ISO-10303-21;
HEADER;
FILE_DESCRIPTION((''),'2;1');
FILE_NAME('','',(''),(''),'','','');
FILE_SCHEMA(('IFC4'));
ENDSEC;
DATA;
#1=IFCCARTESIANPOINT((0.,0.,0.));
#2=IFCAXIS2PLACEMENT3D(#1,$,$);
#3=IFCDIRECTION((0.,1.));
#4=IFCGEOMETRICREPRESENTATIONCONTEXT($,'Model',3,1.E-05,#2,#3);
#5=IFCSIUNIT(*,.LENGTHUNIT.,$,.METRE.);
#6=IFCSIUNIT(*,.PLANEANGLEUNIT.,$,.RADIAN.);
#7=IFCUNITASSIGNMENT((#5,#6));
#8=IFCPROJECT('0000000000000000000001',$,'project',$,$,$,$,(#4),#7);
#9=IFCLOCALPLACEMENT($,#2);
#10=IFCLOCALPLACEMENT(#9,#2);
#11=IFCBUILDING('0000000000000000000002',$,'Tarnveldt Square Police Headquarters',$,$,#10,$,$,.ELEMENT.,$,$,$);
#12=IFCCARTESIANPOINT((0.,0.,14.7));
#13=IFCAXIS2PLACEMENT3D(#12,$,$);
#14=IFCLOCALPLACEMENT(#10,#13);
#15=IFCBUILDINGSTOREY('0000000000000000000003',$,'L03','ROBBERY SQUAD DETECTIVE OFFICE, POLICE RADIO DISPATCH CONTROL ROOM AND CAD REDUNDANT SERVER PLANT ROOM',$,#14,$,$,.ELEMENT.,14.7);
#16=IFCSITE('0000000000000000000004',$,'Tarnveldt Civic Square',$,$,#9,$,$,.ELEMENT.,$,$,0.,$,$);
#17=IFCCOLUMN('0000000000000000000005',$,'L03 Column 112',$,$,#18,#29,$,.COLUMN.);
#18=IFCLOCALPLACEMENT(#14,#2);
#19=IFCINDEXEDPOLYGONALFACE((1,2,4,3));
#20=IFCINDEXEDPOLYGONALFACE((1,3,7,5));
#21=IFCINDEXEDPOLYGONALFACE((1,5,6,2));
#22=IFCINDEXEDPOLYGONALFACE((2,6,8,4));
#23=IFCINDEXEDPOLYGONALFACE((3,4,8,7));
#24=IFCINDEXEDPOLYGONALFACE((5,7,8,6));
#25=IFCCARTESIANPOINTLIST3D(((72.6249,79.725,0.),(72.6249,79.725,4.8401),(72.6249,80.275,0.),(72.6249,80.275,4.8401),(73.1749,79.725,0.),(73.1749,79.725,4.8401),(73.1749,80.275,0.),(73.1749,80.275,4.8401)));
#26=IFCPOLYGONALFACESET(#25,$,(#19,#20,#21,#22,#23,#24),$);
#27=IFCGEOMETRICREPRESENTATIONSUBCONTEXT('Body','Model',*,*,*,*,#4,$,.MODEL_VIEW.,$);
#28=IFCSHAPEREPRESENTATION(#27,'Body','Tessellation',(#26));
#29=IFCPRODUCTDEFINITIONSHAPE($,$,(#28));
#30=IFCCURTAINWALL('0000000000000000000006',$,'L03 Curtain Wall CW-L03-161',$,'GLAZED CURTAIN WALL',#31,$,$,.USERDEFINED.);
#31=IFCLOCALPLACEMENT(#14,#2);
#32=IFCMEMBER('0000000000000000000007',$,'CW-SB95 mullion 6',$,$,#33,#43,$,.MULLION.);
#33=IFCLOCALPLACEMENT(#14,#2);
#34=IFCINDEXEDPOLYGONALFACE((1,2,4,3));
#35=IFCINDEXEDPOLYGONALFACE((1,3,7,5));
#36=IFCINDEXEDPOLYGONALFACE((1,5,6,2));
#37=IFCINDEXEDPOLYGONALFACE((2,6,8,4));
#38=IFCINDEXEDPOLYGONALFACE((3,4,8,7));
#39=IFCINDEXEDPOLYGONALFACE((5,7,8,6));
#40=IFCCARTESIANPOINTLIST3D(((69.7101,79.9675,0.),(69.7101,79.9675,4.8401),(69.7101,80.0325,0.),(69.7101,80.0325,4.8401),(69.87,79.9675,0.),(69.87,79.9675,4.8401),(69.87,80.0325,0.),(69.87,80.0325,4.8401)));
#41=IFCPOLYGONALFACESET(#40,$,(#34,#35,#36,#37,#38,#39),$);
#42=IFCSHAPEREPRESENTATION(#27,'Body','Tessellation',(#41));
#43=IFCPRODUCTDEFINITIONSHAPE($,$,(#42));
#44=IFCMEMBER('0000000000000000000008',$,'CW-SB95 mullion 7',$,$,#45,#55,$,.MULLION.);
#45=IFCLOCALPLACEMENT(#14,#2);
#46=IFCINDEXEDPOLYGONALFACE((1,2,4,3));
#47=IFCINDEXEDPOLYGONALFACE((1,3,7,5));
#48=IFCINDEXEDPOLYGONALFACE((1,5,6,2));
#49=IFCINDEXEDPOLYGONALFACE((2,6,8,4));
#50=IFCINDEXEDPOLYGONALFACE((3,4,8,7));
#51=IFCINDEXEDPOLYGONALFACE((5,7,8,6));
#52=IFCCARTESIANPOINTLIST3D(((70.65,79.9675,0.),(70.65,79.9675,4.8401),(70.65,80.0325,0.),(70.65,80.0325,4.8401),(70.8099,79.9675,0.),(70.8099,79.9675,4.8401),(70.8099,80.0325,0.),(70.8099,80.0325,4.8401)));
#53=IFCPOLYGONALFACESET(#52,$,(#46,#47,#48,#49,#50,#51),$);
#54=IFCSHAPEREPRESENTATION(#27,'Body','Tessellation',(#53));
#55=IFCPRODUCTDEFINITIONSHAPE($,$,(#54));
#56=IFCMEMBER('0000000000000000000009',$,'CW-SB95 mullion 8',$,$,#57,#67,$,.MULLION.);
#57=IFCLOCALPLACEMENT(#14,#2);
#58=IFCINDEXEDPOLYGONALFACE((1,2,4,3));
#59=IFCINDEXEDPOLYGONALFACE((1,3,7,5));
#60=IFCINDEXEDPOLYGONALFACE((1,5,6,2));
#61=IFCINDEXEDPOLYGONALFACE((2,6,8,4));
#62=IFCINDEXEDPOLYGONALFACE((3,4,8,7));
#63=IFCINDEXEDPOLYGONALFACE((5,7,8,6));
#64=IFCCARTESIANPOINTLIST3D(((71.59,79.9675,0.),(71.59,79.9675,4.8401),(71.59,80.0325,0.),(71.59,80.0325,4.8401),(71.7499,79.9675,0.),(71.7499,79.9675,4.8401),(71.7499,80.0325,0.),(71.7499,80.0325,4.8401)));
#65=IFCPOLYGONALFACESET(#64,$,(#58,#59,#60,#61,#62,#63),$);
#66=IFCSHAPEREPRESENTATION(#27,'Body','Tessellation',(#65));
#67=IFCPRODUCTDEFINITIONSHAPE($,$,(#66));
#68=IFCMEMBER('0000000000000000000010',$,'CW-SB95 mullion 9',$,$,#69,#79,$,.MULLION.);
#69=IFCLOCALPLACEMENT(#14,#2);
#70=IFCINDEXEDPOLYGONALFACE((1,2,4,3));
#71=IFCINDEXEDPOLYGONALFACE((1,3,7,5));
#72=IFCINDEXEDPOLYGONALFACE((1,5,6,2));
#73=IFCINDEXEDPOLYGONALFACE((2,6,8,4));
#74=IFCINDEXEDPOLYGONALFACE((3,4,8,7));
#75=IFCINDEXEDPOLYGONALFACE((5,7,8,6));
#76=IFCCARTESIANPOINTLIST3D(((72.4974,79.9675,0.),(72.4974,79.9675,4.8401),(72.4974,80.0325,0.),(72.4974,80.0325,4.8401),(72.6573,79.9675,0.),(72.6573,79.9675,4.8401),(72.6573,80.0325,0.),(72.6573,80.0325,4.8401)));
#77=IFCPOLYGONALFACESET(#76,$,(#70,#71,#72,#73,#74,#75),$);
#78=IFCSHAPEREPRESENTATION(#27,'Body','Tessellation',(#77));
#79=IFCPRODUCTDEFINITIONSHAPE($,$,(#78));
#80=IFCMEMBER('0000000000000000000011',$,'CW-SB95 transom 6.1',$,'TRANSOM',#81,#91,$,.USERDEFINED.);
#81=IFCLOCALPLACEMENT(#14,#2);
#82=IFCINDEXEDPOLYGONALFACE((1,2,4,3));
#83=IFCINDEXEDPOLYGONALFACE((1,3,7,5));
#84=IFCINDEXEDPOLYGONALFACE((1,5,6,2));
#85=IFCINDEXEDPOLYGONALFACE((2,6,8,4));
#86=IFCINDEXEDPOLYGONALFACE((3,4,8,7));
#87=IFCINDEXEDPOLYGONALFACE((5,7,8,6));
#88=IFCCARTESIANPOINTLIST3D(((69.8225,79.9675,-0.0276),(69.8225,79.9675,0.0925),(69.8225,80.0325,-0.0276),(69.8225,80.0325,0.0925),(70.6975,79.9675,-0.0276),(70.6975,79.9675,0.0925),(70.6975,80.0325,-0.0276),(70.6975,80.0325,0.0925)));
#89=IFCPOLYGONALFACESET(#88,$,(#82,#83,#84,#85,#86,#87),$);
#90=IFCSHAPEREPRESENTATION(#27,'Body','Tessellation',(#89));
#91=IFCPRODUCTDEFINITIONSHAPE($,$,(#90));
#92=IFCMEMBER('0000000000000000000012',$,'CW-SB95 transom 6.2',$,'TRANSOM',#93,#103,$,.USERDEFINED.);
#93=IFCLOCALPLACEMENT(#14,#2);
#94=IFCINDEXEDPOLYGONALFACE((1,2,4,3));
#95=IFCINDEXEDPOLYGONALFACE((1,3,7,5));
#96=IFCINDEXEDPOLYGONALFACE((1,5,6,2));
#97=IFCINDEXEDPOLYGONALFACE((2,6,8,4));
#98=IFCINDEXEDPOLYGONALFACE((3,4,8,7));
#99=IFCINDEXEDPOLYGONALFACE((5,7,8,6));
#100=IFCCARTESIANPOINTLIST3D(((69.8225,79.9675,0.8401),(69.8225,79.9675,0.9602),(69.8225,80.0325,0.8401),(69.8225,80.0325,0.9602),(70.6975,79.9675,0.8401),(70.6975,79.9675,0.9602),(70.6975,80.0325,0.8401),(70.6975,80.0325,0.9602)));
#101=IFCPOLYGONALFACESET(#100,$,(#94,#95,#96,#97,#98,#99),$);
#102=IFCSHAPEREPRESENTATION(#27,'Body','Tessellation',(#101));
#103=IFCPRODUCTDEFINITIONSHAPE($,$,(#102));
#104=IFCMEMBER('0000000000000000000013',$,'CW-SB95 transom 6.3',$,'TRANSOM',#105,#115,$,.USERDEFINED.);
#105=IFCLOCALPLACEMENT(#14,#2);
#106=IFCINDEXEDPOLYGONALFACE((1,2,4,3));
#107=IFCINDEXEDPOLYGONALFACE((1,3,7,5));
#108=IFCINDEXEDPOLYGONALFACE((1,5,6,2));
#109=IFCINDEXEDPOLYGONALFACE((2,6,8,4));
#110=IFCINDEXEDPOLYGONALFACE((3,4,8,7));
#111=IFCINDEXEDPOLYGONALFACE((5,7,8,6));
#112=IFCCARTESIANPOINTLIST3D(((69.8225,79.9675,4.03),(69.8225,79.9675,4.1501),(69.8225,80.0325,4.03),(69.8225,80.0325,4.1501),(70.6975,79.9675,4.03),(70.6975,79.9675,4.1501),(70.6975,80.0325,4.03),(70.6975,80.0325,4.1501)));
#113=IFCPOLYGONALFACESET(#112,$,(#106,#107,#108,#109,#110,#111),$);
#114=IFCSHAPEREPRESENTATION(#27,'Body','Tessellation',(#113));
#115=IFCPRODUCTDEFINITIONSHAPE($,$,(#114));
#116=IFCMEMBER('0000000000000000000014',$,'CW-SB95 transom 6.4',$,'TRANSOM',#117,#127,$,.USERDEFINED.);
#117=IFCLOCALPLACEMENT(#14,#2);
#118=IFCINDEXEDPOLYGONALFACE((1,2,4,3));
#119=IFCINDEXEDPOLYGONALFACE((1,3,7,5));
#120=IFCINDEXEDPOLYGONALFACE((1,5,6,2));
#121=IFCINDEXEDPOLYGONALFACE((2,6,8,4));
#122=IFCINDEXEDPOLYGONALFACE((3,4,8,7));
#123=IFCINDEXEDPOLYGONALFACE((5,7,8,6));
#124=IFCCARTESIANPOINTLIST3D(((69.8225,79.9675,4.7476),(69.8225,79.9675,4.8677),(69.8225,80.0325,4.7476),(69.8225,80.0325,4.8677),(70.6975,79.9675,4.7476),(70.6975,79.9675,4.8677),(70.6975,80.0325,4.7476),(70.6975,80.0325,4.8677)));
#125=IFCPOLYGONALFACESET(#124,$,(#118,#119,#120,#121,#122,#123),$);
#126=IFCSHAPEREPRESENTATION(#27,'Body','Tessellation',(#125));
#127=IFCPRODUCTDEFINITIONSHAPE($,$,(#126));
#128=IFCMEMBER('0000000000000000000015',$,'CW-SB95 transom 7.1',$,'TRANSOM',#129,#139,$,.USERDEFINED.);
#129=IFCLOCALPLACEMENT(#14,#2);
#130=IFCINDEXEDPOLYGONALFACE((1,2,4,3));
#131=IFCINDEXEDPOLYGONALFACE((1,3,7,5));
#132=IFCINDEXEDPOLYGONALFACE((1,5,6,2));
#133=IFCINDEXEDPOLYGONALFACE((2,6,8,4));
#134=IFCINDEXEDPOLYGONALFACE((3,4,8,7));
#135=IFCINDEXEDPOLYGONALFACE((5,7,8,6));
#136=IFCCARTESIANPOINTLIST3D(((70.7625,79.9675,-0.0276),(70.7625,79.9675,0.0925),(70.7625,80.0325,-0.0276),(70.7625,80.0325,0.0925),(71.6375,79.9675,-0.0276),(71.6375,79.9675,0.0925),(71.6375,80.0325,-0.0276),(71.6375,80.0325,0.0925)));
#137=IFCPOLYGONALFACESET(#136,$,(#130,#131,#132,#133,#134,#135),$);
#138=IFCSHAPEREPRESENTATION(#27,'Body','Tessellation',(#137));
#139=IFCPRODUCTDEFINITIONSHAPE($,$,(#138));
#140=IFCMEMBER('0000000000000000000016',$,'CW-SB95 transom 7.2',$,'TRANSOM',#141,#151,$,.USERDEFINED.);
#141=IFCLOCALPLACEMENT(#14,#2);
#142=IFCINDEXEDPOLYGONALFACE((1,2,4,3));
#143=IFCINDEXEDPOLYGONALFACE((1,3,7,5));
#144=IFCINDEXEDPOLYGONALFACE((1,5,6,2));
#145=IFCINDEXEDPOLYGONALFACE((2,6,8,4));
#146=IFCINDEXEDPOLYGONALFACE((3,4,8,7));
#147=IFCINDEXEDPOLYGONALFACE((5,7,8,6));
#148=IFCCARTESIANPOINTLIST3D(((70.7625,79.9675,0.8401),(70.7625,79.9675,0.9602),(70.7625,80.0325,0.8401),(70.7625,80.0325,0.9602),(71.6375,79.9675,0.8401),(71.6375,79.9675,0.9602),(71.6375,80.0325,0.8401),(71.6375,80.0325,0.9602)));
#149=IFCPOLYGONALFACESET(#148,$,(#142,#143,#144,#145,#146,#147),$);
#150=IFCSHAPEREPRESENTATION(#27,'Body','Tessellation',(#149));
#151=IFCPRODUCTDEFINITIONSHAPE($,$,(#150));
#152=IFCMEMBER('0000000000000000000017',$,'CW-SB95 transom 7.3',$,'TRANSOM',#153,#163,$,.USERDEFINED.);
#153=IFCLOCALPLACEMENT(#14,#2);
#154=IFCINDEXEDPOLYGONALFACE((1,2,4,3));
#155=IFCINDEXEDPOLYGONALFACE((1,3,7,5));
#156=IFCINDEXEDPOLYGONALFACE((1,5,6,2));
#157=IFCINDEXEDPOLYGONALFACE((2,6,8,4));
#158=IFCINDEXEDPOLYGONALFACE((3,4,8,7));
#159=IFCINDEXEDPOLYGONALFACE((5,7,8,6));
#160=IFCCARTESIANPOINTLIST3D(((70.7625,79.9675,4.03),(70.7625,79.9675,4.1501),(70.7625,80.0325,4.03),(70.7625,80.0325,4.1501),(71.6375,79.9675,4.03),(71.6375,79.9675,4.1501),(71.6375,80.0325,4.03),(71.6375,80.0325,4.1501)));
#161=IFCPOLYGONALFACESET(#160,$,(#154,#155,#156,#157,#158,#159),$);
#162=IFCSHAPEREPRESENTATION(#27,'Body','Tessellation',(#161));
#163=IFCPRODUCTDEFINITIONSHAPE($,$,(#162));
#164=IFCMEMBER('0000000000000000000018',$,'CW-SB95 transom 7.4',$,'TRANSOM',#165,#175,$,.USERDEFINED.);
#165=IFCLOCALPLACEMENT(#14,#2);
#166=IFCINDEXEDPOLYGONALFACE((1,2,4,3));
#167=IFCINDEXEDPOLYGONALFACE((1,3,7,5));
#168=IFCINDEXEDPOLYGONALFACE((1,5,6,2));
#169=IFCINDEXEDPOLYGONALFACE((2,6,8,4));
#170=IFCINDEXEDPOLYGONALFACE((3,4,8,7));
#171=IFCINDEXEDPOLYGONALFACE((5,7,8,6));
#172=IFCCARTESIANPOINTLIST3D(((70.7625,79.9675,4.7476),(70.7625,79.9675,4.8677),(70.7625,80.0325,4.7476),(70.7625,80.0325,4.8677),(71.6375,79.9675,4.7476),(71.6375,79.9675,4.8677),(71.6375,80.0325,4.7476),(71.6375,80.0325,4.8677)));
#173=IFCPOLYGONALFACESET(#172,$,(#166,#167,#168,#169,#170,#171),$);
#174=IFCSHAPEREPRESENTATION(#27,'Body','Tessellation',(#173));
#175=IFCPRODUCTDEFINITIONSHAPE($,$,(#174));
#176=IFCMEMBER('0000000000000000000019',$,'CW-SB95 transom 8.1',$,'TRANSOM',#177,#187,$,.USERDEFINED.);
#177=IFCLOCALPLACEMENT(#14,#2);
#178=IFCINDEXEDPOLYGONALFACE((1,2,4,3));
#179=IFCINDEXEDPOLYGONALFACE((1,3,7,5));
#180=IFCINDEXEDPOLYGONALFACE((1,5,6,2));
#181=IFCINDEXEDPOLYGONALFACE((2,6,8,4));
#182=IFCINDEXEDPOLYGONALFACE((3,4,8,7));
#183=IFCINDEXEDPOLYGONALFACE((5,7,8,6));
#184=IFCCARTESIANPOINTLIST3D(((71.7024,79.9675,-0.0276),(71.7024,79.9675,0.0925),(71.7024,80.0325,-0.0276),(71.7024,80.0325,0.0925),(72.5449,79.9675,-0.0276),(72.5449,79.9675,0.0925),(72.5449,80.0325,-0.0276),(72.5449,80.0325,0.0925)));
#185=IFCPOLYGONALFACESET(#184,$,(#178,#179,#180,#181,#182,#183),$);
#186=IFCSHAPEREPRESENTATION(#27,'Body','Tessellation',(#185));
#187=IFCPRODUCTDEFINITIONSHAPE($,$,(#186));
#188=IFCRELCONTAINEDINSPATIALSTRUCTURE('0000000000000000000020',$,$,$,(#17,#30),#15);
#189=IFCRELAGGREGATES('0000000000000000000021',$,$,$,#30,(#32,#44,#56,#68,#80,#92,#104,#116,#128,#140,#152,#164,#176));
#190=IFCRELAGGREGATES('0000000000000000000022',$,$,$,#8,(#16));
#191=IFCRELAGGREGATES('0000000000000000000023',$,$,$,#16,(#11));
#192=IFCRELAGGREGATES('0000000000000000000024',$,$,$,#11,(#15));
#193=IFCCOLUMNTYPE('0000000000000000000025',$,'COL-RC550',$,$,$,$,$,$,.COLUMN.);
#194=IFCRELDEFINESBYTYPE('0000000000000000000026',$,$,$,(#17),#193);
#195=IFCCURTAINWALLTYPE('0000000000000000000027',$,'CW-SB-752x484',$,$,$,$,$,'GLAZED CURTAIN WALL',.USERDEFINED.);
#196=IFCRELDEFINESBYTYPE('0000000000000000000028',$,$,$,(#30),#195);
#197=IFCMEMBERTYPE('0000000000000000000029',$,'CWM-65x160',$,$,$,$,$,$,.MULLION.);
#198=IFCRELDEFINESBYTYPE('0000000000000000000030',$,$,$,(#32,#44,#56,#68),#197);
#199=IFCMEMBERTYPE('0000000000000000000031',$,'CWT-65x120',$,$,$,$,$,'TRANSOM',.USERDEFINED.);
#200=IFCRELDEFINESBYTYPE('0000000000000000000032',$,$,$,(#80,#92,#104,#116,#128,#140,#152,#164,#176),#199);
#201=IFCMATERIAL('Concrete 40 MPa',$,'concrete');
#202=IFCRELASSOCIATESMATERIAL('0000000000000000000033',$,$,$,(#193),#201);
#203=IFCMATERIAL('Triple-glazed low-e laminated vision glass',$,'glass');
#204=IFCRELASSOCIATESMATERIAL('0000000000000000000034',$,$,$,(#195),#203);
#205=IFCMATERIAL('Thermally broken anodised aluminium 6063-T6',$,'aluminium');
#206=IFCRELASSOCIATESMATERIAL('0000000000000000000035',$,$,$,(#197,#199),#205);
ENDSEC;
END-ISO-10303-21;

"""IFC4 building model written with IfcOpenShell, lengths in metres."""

from ifc_helpers import new_model, si_unit, direction, frame, origin, origin_2d, place, context, subcontext, project, spatial, rectangle, extrude, material, material_profile, profile_set, type_object, element, aggregate, save


model = new_model("IFC4")

# Units and contexts
model_context = context("Model", 3, precision=1e-05, world=origin(), true_north=direction((0.0, 1.0)))
body_context = subcontext(model_context, "Body", "Model", "MODEL_VIEW")
ifc_project = project(units=[si_unit("LENGTHUNIT", "METRE"), si_unit("PLANEANGLEUNIT", "RADIAN")], contexts=[model_context])

# Site, building, storey
site_placement = place(None, origin())
site = spatial("IfcSite", under=ifc_project, at=site_placement, Name="Tarnveldt Civic Square", CompositionType="ELEMENT", RefElevation=0.0)
building_placement = place(site_placement, origin())
building = spatial("IfcBuilding", under=site, at=building_placement, Name="Tarnveldt Square Police Headquarters", CompositionType="ELEMENT")
storey_placement = place(building_placement, frame((0.0, 0.0, 14.7)))
storey = spatial("IfcBuildingStorey", under=building, at=storey_placement, Name="L03", Description="ROBBERY SQUAD DETECTIVE OFFICE, POLICE RADIO DISPATCH CONTROL ROOM AND CAD REDUNDANT SERVER PLANT ROOM", CompositionType="ELEMENT", Elevation=14.7)

# Column
ifc_material_1 = material(Name="Concrete 40 MPa", Category="concrete")
ifc_material_profile_1 = material_profile(ifc_material_1, rectangle(XDim=0.55, YDim=0.55, at=origin_2d()), Name="RC-C550x550")
ifc_profile_set_1 = profile_set([ifc_material_profile_1], Name="Concrete 40 MPa")
column_type = type_object("IfcColumnType", Name="COL-RC550", PredefinedType="COLUMN", material=ifc_profile_set_1)
column_placement = place(storey_placement, frame((72.8999, 80.0, 0.0), z_axis=(0.0, 0.0, 1.0), x_axis=(1.0, 0.0, 0.0)))
element("IfcColumn", 1, at=column_placement, inside=storey, type_object=column_type, Name="L03 Column 112", PredefinedType="COLUMN", context=body_context, shape_type="SweptSolid", body=[
    extrude(rectangle(XDim=0.55, YDim=0.55, at=origin_2d()), origin(), (0.0, 0.0, 1.0), 4.8401),
])

# Curtain wall, members
ifc_material_2 = material(Name="Triple-glazed low-e laminated vision glass", Category="glass")
curtain_wall_type = type_object("IfcCurtainWallType", Name="CW-SB-752x484", ElementType="GLAZED CURTAIN WALL", PredefinedType="USERDEFINED", material=ifc_material_2)
curtain_wall_placement = place(storey_placement, origin())
curtain_wall = element("IfcCurtainWall", 2, at=curtain_wall_placement, inside=storey, type_object=curtain_wall_type, Name="L03 Curtain Wall CW-L03-161", ObjectType="GLAZED CURTAIN WALL", PredefinedType="USERDEFINED")
ifc_material_3 = material(Name="Thermally broken anodised aluminium 6063-T6", Category="aluminium")
ifc_material_profile_2 = material_profile(ifc_material_3, rectangle(XDim=0.0649, YDim=0.1599, at=origin_2d()), Name="CW-M65x160")
ifc_profile_set_2 = profile_set([ifc_material_profile_2], Name="Thermally broken anodised aluminium 6063-T6")
member_type_1 = type_object("IfcMemberType", Name="CWM-65x160", PredefinedType="MULLION", material=ifc_profile_set_2)
member_1_placement = place(storey_placement, frame((69.79, 80.0, 0.0), z_axis=(0.0, 0.0, 1.0), x_axis=(0.0, 1.0, 0.0)))
member_1 = element("IfcMember", 3, at=member_1_placement, type_object=member_type_1, Name="CW-SB95 mullion 6", PredefinedType="MULLION", context=body_context, shape_type="SweptSolid", body=[
    extrude(rectangle(XDim=0.0649, YDim=0.1599, at=origin_2d()), origin(), (0.0, 0.0, 1.0), 4.8401),
])
member_2_placement = place(storey_placement, frame((70.73, 80.0, 0.0), z_axis=(0.0, 0.0, 1.0), x_axis=(0.0, 1.0, 0.0)))
member_2 = element("IfcMember", 4, at=member_2_placement, type_object=member_type_1, Name="CW-SB95 mullion 7", PredefinedType="MULLION", context=body_context, shape_type="SweptSolid", body=[
    extrude(rectangle(XDim=0.0649, YDim=0.1599, at=origin_2d()), origin(), (0.0, 0.0, 1.0), 4.8401),
])
member_3_placement = place(storey_placement, frame((71.6699, 80.0, 0.0), z_axis=(0.0, 0.0, 1.0), x_axis=(0.0, 1.0, 0.0)))
member_3 = element("IfcMember", 5, at=member_3_placement, type_object=member_type_1, Name="CW-SB95 mullion 8", PredefinedType="MULLION", context=body_context, shape_type="SweptSolid", body=[
    extrude(rectangle(XDim=0.0649, YDim=0.1599, at=origin_2d()), origin(), (0.0, 0.0, 1.0), 4.8401),
])
member_4_placement = place(storey_placement, frame((72.5774, 80.0, 0.0), z_axis=(0.0, 0.0, 1.0), x_axis=(0.0, 1.0, 0.0)))
member_4 = element("IfcMember", 6, at=member_4_placement, type_object=member_type_1, Name="CW-SB95 mullion 9", PredefinedType="MULLION", context=body_context, shape_type="SweptSolid", body=[
    extrude(rectangle(XDim=0.0649, YDim=0.1599, at=origin_2d()), origin(), (0.0, 0.0, 1.0), 4.8401),
])
ifc_material_profile_3 = material_profile(ifc_material_3, rectangle(XDim=0.0649, YDim=0.1201, at=origin_2d()), Name="CW-T65x120")
ifc_profile_set_3 = profile_set([ifc_material_profile_3], Name="Thermally broken anodised aluminium 6063-T6")
member_type_2 = type_object("IfcMemberType", Name="CWT-65x120", ElementType="TRANSOM", PredefinedType="USERDEFINED", material=ifc_profile_set_3)
member_5_placement = place(storey_placement, frame((69.8225, 80.0, 0.0325), z_axis=(1.0, 0.0, 0.0), x_axis=(0.0, 1.0, 0.0)))
member_5 = element("IfcMember", 7, at=member_5_placement, type_object=member_type_2, Name="CW-SB95 transom 6.1", ObjectType="TRANSOM", PredefinedType="USERDEFINED", context=body_context, shape_type="SweptSolid", body=[
    extrude(rectangle(XDim=0.0649, YDim=0.1201, at=origin_2d()), origin(), (0.0, 0.0, 1.0), 0.875),
])
member_6_placement = place(storey_placement, frame((69.8225, 80.0, 0.9001), z_axis=(1.0, 0.0, 0.0), x_axis=(0.0, 1.0, 0.0)))
member_6 = element("IfcMember", 8, at=member_6_placement, type_object=member_type_2, Name="CW-SB95 transom 6.2", ObjectType="TRANSOM", PredefinedType="USERDEFINED", context=body_context, shape_type="SweptSolid", body=[
    extrude(rectangle(XDim=0.0649, YDim=0.1201, at=origin_2d()), origin(), (0.0, 0.0, 1.0), 0.875),
])
member_7_placement = place(storey_placement, frame((69.8225, 80.0, 4.0901), z_axis=(1.0, 0.0, 0.0), x_axis=(0.0, 1.0, 0.0)))
member_7 = element("IfcMember", 9, at=member_7_placement, type_object=member_type_2, Name="CW-SB95 transom 6.3", ObjectType="TRANSOM", PredefinedType="USERDEFINED", context=body_context, shape_type="SweptSolid", body=[
    extrude(rectangle(XDim=0.0649, YDim=0.1201, at=origin_2d()), origin(), (0.0, 0.0, 1.0), 0.875),
])
member_8_placement = place(storey_placement, frame((69.8225, 80.0, 4.8076), z_axis=(1.0, 0.0, 0.0), x_axis=(0.0, 1.0, 0.0)))
member_8 = element("IfcMember", 10, at=member_8_placement, type_object=member_type_2, Name="CW-SB95 transom 6.4", ObjectType="TRANSOM", PredefinedType="USERDEFINED", context=body_context, shape_type="SweptSolid", body=[
    extrude(rectangle(XDim=0.0649, YDim=0.1201, at=origin_2d()), origin(), (0.0, 0.0, 1.0), 0.875),
])
member_9_placement = place(storey_placement, frame((70.7625, 80.0, 0.0325), z_axis=(1.0, 0.0, 0.0), x_axis=(0.0, 1.0, 0.0)))
member_9 = element("IfcMember", 11, at=member_9_placement, type_object=member_type_2, Name="CW-SB95 transom 7.1", ObjectType="TRANSOM", PredefinedType="USERDEFINED", context=body_context, shape_type="SweptSolid", body=[
    extrude(rectangle(XDim=0.0649, YDim=0.1201, at=origin_2d()), origin(), (0.0, 0.0, 1.0), 0.875),
])
member_10_placement = place(storey_placement, frame((70.7625, 80.0, 0.9001), z_axis=(1.0, 0.0, 0.0), x_axis=(0.0, 1.0, 0.0)))
member_10 = element("IfcMember", 12, at=member_10_placement, type_object=member_type_2, Name="CW-SB95 transom 7.2", ObjectType="TRANSOM", PredefinedType="USERDEFINED", context=body_context, shape_type="SweptSolid", body=[
    extrude(rectangle(XDim=0.0649, YDim=0.1201, at=origin_2d()), origin(), (0.0, 0.0, 1.0), 0.875),
])
member_11_placement = place(storey_placement, frame((70.7625, 80.0, 4.0901), z_axis=(1.0, 0.0, 0.0), x_axis=(0.0, 1.0, 0.0)))
member_11 = element("IfcMember", 13, at=member_11_placement, type_object=member_type_2, Name="CW-SB95 transom 7.3", ObjectType="TRANSOM", PredefinedType="USERDEFINED", context=body_context, shape_type="SweptSolid", body=[
    extrude(rectangle(XDim=0.0649, YDim=0.1201, at=origin_2d()), origin(), (0.0, 0.0, 1.0), 0.875),
])
member_12_placement = place(storey_placement, frame((70.7625, 80.0, 4.8076), z_axis=(1.0, 0.0, 0.0), x_axis=(0.0, 1.0, 0.0)))
member_12 = element("IfcMember", 14, at=member_12_placement, type_object=member_type_2, Name="CW-SB95 transom 7.4", ObjectType="TRANSOM", PredefinedType="USERDEFINED", context=body_context, shape_type="SweptSolid", body=[
    extrude(rectangle(XDim=0.0649, YDim=0.1201, at=origin_2d()), origin(), (0.0, 0.0, 1.0), 0.875),
])
member_13_placement = place(storey_placement, frame((71.7024, 80.0, 0.0325), z_axis=(1.0, 0.0, 0.0), x_axis=(0.0, 1.0, 0.0)))
member_13 = element("IfcMember", 15, at=member_13_placement, type_object=member_type_2, Name="CW-SB95 transom 8.1", ObjectType="TRANSOM", PredefinedType="USERDEFINED", context=body_context, shape_type="SweptSolid", body=[
    extrude(rectangle(XDim=0.0649, YDim=0.1201, at=origin_2d()), origin(), (0.0, 0.0, 1.0), 0.8425),
])

aggregate(curtain_wall, [member_1, member_2, member_3, member_4, member_5, member_6, member_7, member_8, member_9, member_10, member_11, member_12, member_13])

save(model, "model.ifc")
